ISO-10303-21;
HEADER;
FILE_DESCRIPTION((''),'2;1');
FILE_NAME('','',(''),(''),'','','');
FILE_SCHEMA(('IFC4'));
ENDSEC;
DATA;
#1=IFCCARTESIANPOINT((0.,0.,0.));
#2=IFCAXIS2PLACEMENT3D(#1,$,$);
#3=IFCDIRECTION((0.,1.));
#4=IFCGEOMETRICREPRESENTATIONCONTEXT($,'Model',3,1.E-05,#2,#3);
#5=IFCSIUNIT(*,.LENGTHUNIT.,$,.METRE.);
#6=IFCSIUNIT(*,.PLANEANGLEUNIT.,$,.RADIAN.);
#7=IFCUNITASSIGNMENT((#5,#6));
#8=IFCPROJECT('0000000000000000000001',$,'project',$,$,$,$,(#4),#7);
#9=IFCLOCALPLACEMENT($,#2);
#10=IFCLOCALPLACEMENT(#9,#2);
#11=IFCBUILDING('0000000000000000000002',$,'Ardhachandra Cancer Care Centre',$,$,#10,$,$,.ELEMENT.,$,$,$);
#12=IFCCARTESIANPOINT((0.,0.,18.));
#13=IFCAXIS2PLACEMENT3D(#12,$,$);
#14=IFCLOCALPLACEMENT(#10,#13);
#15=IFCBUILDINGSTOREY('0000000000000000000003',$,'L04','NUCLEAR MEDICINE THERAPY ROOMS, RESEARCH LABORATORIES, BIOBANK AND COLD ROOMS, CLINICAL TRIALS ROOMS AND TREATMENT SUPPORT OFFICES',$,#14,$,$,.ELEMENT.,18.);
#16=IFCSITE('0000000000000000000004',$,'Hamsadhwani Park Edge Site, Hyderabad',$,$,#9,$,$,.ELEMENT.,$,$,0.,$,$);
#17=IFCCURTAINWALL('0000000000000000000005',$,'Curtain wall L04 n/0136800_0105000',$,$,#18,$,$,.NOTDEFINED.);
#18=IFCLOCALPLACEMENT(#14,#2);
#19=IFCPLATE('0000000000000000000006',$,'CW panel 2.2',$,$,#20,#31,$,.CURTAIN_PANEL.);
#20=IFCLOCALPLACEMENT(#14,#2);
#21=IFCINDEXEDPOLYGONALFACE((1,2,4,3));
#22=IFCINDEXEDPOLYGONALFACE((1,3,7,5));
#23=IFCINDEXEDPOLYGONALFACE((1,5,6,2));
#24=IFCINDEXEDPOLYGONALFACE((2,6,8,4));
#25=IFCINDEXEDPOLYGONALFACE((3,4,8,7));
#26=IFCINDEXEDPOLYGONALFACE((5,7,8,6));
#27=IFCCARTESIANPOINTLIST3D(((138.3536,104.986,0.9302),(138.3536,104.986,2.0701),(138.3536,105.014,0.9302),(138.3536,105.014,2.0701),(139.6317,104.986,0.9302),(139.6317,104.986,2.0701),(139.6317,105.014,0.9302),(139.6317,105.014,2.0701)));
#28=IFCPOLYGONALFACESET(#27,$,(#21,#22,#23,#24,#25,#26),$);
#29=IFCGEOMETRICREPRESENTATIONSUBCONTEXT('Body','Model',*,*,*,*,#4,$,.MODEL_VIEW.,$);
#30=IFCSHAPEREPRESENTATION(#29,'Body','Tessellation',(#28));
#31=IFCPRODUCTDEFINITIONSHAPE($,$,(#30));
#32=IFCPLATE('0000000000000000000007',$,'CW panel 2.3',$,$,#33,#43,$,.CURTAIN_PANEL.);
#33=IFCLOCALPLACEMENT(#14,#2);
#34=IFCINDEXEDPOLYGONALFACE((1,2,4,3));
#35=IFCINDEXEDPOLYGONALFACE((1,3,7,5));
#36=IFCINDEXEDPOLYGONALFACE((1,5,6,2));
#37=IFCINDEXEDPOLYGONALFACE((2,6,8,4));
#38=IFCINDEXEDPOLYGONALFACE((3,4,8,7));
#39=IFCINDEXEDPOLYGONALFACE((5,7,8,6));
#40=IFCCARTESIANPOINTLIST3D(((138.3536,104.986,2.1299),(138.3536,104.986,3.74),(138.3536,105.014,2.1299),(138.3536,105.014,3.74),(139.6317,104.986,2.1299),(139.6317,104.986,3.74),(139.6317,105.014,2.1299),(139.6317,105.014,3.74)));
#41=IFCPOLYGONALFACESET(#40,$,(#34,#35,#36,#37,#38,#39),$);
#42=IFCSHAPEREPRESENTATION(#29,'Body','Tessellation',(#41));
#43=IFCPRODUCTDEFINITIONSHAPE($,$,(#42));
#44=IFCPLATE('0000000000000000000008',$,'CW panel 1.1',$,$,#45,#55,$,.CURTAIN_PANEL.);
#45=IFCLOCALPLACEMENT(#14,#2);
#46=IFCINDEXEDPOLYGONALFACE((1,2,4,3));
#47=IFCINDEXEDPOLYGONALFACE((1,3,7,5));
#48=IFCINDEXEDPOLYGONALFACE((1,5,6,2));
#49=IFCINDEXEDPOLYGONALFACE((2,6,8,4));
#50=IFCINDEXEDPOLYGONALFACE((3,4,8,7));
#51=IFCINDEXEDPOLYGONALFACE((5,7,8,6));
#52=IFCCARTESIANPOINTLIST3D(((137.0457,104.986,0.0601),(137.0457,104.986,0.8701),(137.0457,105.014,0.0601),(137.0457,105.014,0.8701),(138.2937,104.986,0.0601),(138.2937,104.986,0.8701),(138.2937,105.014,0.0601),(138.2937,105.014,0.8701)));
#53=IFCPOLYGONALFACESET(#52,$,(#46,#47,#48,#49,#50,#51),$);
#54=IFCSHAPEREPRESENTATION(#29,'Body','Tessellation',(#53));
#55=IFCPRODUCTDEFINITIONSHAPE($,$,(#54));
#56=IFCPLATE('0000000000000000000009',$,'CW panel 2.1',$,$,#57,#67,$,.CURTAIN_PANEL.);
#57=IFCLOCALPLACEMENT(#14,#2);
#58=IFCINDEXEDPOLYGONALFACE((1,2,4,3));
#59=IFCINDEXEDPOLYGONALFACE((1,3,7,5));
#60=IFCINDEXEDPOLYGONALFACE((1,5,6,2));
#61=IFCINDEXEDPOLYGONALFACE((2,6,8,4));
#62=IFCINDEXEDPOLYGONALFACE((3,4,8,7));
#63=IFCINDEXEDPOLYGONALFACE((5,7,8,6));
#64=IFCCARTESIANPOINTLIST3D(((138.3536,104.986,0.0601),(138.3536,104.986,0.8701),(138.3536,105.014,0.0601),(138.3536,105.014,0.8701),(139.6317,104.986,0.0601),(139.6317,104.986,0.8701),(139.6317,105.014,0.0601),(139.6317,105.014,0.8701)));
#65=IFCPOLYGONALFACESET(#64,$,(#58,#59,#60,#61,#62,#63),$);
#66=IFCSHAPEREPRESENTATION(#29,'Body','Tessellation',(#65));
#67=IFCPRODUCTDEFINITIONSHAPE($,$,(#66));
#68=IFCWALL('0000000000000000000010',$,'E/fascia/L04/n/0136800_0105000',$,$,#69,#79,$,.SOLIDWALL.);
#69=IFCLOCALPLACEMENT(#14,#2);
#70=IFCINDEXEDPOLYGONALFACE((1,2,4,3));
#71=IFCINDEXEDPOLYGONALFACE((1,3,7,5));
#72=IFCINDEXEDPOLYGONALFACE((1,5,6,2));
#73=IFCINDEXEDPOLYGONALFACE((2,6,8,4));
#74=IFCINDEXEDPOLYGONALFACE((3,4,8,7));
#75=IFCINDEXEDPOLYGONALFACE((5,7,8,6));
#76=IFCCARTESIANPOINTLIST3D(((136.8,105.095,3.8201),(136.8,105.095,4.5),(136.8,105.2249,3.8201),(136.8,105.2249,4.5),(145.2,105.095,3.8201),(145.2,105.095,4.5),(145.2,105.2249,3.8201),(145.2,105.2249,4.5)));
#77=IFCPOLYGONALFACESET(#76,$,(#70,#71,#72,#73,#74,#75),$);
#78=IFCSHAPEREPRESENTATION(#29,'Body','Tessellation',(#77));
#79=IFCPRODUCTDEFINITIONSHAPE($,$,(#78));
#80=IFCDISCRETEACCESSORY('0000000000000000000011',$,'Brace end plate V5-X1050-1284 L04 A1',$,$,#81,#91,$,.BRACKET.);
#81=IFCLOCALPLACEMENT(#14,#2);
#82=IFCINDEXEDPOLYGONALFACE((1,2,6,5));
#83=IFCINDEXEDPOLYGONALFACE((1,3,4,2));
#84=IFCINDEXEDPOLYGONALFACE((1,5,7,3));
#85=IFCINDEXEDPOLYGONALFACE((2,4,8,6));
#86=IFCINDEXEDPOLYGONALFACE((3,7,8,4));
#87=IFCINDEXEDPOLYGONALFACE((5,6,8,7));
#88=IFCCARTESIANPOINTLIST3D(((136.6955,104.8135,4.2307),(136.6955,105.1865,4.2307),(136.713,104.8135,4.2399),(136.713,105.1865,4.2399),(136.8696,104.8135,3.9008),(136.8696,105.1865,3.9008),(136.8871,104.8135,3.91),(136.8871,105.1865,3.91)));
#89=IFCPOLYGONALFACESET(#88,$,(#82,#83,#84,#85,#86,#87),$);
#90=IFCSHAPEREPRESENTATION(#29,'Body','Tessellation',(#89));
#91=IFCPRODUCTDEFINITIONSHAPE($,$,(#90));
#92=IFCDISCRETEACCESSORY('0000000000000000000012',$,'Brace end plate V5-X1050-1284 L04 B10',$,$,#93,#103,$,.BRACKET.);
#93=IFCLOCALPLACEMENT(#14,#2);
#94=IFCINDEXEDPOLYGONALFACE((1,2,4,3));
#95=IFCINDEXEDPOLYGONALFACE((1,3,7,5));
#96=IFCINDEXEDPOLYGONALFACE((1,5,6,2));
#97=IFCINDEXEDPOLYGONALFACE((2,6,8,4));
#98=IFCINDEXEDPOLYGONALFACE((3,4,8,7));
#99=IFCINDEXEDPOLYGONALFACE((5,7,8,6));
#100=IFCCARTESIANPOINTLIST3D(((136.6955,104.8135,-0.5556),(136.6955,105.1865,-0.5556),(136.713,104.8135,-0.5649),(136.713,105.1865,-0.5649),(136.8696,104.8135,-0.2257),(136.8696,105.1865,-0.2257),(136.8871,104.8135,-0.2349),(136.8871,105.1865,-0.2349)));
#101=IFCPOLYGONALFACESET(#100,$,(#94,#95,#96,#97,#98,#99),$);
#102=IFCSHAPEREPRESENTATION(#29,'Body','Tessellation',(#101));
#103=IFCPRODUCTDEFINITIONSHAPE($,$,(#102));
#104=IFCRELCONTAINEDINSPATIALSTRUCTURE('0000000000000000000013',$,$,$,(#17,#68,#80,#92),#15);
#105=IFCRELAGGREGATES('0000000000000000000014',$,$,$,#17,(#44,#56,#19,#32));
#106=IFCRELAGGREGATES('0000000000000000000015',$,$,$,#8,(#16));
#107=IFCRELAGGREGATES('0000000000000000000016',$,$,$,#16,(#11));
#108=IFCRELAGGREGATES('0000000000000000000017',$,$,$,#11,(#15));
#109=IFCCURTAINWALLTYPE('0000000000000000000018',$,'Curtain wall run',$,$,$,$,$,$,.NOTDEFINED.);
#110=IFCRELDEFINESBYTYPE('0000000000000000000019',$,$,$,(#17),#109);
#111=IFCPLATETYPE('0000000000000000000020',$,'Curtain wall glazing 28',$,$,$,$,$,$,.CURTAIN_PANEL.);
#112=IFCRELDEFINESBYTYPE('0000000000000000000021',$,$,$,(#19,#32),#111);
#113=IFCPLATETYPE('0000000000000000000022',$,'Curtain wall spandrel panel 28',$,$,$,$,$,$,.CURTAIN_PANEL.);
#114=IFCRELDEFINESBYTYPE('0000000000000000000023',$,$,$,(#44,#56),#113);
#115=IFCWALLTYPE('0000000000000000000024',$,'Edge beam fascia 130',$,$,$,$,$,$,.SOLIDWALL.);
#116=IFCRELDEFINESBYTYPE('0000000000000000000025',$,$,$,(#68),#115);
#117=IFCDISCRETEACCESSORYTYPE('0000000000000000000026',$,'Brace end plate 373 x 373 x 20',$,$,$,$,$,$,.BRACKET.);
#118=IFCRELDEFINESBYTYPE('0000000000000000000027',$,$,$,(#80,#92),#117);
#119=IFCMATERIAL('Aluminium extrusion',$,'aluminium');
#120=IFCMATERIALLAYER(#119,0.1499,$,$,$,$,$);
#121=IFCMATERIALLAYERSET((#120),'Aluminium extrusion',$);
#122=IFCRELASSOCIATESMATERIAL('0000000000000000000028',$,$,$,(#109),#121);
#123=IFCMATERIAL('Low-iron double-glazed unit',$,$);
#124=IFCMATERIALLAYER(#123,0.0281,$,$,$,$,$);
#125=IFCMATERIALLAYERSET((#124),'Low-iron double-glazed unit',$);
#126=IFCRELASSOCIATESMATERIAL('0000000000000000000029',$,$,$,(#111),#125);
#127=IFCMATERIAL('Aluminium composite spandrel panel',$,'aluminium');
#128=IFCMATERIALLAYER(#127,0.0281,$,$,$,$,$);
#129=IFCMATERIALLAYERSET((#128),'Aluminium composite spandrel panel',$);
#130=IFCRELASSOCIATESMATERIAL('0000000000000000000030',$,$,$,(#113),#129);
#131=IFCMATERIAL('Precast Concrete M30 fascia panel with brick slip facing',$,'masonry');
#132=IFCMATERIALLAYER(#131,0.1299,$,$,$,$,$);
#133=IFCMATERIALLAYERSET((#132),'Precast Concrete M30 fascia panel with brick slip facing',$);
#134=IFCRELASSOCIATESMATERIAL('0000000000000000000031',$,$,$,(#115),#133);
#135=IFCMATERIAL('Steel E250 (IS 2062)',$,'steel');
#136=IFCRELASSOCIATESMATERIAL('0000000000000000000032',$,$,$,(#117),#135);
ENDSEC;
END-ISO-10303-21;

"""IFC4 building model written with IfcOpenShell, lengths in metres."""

from ifc_helpers import new_model, si_unit, direction, frame, frame_2d, origin, origin_2d, place, context, subcontext, project, spatial, rectangle, extrude, material, layer, layer_set, material_profile, profile_set, type_object, element, aggregate, save


model = new_model("IFC4")

# Units and contexts
model_context = context("Model", 3, precision=1e-05, world=origin(), true_north=direction((0.0, 1.0)))
body_context = subcontext(model_context, "Body", "Model", "MODEL_VIEW")
ifc_project = project(units=[si_unit("LENGTHUNIT", "METRE"), si_unit("PLANEANGLEUNIT", "RADIAN")], contexts=[model_context])

# Site, building, storey
site_placement = place(None, origin())
site = spatial("IfcSite", under=ifc_project, at=site_placement, Name="Hamsadhwani Park Edge Site, Hyderabad", CompositionType="ELEMENT", RefElevation=0.0)
building_placement = place(site_placement, origin())
building = spatial("IfcBuilding", under=site, at=building_placement, Name="Ardhachandra Cancer Care Centre", CompositionType="ELEMENT")
storey_placement = place(building_placement, frame((0.0, 0.0, 18.0)))
storey = spatial("IfcBuildingStorey", under=building, at=storey_placement, Name="L04", Description="NUCLEAR MEDICINE THERAPY ROOMS, RESEARCH LABORATORIES, BIOBANK AND COLD ROOMS, CLINICAL TRIALS ROOMS AND TREATMENT SUPPORT OFFICES", CompositionType="ELEMENT", Elevation=18.0)

# Curtain wall, plates
ifc_material_1 = material(Name="Aluminium extrusion", Category="aluminium")
ifc_layer_1 = layer(ifc_material_1, 0.1499)
ifc_layer_set_1 = layer_set([ifc_layer_1], Name="Aluminium extrusion")
curtain_wall_type = type_object("IfcCurtainWallType", Name="Curtain wall run", PredefinedType="NOTDEFINED", material=ifc_layer_set_1)
curtain_wall_placement = place(storey_placement, origin())
curtain_wall = element("IfcCurtainWall", 1, at=curtain_wall_placement, inside=storey, type_object=curtain_wall_type, Name="Curtain wall L04 n/0136800_0105000", PredefinedType="NOTDEFINED")
ifc_material_2 = material(Name="Low-iron double-glazed unit")
ifc_layer_2 = layer(ifc_material_2, 0.0281)
ifc_layer_set_2 = layer_set([ifc_layer_2], Name="Low-iron double-glazed unit")
plate_type_1 = type_object("IfcPlateType", Name="Curtain wall glazing 28", PredefinedType="CURTAIN_PANEL", material=ifc_layer_set_2)
plate_1_placement = place(storey_placement, frame((138.9927, 105.0, 0.9302), z_axis=(0.0, 0.0, 1.0), x_axis=(1.0, 0.0, 0.0)))
plate_1 = element("IfcPlate", 2, at=plate_1_placement, type_object=plate_type_1, Name="CW panel 2.2", PredefinedType="CURTAIN_PANEL", context=body_context, shape_type="SweptSolid", body=[
    extrude(rectangle(XDim=1.2781, YDim=0.0281, at=origin_2d()), origin(), (0.0, 0.0, 1.0), 1.1399),
])
plate_2_placement = place(storey_placement, frame((138.9927, 105.0, 2.1299), z_axis=(0.0, 0.0, 1.0), x_axis=(1.0, 0.0, 0.0)))
plate_2 = element("IfcPlate", 3, at=plate_2_placement, type_object=plate_type_1, Name="CW panel 2.3", PredefinedType="CURTAIN_PANEL", context=body_context, shape_type="SweptSolid", body=[
    extrude(rectangle(XDim=1.2781, YDim=0.0281, at=origin_2d()), origin(), (0.0, 0.0, 1.0), 1.6101),
])
ifc_material_3 = material(Name="Aluminium composite spandrel panel", Category="aluminium")
ifc_layer_3 = layer(ifc_material_3, 0.0281)
ifc_layer_set_3 = layer_set([ifc_layer_3], Name="Aluminium composite spandrel panel")
plate_type_2 = type_object("IfcPlateType", Name="Curtain wall spandrel panel 28", PredefinedType="CURTAIN_PANEL", material=ifc_layer_set_3)
plate_3_placement = place(storey_placement, frame((137.6697, 105.0, 0.0601), z_axis=(0.0, 0.0, 1.0), x_axis=(1.0, 0.0, 0.0)))
plate_3 = element("IfcPlate", 4, at=plate_3_placement, type_object=plate_type_2, Name="CW panel 1.1", PredefinedType="CURTAIN_PANEL", context=body_context, shape_type="SweptSolid", body=[
    extrude(rectangle(XDim=1.248, YDim=0.0281, at=origin_2d()), origin(), (0.0, 0.0, 1.0), 0.8101),
])
plate_4_placement = place(storey_placement, frame((138.9927, 105.0, 0.0601), z_axis=(0.0, 0.0, 1.0), x_axis=(1.0, 0.0, 0.0)))
plate_4 = element("IfcPlate", 5, at=plate_4_placement, type_object=plate_type_2, Name="CW panel 2.1", PredefinedType="CURTAIN_PANEL", context=body_context, shape_type="SweptSolid", body=[
    extrude(rectangle(XDim=1.2781, YDim=0.0281, at=origin_2d()), origin(), (0.0, 0.0, 1.0), 0.8101),
])
aggregate(curtain_wall, [plate_3, plate_4, plate_1, plate_2])

# Wall
ifc_material_4 = material(Name="Precast Concrete M30 fascia panel with brick slip facing", Category="masonry")
ifc_layer_4 = layer(ifc_material_4, 0.1299)
ifc_layer_set_4 = layer_set([ifc_layer_4], Name="Precast Concrete M30 fascia panel with brick slip facing")
wall_type = type_object("IfcWallType", Name="Edge beam fascia 130", PredefinedType="SOLIDWALL", material=ifc_layer_set_4)
wall_placement = place(storey_placement, frame((136.8, 105.1599, 3.8201), z_axis=(0.0, 0.0, 1.0), x_axis=(1.0, 0.0, 0.0)))
element("IfcWall", 6, at=wall_placement, inside=storey, type_object=wall_type, Name="E/fascia/L04/n/0136800_0105000", PredefinedType="SOLIDWALL", context=body_context, shape_type="SweptSolid", body=[
    extrude(rectangle(XDim=8.3999, YDim=0.1299, at=frame_2d((4.2, 0.0))), origin(), (0.0, 0.0, 1.0), 0.6799),
])

# Discrete accessories
ifc_material_5 = material(Name="Steel E250 (IS 2062)", Category="steel")
ifc_material_profile_1 = material_profile(ifc_material_5, rectangle(XDim=0.373, YDim=0.373, at=origin_2d()), Name="PL 373x373x20")
ifc_profile_set_1 = profile_set([ifc_material_profile_1], Name="Steel E250 (IS 2062)")
discrete_accessory_type = type_object("IfcDiscreteAccessoryType", Name="Brace end plate 373 x 373 x 20", PredefinedType="BRACKET", material=ifc_profile_set_1)
for number, where, z_axis, x_axis, name in (
    (7, (136.8, 105.0, 4.075), (-0.884385, 0.0, -0.466759), (0.0, -1.0, 0.0), "Brace end plate V5-X1050-1284 L04 A1"),
    (8, (136.8, 105.0, -0.3999), (-0.884385, 0.0, 0.466759), (0.0, -1.0, 0.0), "Brace end plate V5-X1050-1284 L04 B10"),
):
    element("IfcDiscreteAccessory", number, at=place(storey_placement, frame(where, z_axis=z_axis, x_axis=x_axis)), inside=storey, type_object=discrete_accessory_type, Name=name, PredefinedType="BRACKET", context=body_context, shape_type="SweptSolid", body=[
        extrude(rectangle(XDim=0.373, YDim=0.373, at=origin_2d()), origin(), (0.0, 0.0, 1.0), 0.0198),
    ])

save(model, "model.ifc")
